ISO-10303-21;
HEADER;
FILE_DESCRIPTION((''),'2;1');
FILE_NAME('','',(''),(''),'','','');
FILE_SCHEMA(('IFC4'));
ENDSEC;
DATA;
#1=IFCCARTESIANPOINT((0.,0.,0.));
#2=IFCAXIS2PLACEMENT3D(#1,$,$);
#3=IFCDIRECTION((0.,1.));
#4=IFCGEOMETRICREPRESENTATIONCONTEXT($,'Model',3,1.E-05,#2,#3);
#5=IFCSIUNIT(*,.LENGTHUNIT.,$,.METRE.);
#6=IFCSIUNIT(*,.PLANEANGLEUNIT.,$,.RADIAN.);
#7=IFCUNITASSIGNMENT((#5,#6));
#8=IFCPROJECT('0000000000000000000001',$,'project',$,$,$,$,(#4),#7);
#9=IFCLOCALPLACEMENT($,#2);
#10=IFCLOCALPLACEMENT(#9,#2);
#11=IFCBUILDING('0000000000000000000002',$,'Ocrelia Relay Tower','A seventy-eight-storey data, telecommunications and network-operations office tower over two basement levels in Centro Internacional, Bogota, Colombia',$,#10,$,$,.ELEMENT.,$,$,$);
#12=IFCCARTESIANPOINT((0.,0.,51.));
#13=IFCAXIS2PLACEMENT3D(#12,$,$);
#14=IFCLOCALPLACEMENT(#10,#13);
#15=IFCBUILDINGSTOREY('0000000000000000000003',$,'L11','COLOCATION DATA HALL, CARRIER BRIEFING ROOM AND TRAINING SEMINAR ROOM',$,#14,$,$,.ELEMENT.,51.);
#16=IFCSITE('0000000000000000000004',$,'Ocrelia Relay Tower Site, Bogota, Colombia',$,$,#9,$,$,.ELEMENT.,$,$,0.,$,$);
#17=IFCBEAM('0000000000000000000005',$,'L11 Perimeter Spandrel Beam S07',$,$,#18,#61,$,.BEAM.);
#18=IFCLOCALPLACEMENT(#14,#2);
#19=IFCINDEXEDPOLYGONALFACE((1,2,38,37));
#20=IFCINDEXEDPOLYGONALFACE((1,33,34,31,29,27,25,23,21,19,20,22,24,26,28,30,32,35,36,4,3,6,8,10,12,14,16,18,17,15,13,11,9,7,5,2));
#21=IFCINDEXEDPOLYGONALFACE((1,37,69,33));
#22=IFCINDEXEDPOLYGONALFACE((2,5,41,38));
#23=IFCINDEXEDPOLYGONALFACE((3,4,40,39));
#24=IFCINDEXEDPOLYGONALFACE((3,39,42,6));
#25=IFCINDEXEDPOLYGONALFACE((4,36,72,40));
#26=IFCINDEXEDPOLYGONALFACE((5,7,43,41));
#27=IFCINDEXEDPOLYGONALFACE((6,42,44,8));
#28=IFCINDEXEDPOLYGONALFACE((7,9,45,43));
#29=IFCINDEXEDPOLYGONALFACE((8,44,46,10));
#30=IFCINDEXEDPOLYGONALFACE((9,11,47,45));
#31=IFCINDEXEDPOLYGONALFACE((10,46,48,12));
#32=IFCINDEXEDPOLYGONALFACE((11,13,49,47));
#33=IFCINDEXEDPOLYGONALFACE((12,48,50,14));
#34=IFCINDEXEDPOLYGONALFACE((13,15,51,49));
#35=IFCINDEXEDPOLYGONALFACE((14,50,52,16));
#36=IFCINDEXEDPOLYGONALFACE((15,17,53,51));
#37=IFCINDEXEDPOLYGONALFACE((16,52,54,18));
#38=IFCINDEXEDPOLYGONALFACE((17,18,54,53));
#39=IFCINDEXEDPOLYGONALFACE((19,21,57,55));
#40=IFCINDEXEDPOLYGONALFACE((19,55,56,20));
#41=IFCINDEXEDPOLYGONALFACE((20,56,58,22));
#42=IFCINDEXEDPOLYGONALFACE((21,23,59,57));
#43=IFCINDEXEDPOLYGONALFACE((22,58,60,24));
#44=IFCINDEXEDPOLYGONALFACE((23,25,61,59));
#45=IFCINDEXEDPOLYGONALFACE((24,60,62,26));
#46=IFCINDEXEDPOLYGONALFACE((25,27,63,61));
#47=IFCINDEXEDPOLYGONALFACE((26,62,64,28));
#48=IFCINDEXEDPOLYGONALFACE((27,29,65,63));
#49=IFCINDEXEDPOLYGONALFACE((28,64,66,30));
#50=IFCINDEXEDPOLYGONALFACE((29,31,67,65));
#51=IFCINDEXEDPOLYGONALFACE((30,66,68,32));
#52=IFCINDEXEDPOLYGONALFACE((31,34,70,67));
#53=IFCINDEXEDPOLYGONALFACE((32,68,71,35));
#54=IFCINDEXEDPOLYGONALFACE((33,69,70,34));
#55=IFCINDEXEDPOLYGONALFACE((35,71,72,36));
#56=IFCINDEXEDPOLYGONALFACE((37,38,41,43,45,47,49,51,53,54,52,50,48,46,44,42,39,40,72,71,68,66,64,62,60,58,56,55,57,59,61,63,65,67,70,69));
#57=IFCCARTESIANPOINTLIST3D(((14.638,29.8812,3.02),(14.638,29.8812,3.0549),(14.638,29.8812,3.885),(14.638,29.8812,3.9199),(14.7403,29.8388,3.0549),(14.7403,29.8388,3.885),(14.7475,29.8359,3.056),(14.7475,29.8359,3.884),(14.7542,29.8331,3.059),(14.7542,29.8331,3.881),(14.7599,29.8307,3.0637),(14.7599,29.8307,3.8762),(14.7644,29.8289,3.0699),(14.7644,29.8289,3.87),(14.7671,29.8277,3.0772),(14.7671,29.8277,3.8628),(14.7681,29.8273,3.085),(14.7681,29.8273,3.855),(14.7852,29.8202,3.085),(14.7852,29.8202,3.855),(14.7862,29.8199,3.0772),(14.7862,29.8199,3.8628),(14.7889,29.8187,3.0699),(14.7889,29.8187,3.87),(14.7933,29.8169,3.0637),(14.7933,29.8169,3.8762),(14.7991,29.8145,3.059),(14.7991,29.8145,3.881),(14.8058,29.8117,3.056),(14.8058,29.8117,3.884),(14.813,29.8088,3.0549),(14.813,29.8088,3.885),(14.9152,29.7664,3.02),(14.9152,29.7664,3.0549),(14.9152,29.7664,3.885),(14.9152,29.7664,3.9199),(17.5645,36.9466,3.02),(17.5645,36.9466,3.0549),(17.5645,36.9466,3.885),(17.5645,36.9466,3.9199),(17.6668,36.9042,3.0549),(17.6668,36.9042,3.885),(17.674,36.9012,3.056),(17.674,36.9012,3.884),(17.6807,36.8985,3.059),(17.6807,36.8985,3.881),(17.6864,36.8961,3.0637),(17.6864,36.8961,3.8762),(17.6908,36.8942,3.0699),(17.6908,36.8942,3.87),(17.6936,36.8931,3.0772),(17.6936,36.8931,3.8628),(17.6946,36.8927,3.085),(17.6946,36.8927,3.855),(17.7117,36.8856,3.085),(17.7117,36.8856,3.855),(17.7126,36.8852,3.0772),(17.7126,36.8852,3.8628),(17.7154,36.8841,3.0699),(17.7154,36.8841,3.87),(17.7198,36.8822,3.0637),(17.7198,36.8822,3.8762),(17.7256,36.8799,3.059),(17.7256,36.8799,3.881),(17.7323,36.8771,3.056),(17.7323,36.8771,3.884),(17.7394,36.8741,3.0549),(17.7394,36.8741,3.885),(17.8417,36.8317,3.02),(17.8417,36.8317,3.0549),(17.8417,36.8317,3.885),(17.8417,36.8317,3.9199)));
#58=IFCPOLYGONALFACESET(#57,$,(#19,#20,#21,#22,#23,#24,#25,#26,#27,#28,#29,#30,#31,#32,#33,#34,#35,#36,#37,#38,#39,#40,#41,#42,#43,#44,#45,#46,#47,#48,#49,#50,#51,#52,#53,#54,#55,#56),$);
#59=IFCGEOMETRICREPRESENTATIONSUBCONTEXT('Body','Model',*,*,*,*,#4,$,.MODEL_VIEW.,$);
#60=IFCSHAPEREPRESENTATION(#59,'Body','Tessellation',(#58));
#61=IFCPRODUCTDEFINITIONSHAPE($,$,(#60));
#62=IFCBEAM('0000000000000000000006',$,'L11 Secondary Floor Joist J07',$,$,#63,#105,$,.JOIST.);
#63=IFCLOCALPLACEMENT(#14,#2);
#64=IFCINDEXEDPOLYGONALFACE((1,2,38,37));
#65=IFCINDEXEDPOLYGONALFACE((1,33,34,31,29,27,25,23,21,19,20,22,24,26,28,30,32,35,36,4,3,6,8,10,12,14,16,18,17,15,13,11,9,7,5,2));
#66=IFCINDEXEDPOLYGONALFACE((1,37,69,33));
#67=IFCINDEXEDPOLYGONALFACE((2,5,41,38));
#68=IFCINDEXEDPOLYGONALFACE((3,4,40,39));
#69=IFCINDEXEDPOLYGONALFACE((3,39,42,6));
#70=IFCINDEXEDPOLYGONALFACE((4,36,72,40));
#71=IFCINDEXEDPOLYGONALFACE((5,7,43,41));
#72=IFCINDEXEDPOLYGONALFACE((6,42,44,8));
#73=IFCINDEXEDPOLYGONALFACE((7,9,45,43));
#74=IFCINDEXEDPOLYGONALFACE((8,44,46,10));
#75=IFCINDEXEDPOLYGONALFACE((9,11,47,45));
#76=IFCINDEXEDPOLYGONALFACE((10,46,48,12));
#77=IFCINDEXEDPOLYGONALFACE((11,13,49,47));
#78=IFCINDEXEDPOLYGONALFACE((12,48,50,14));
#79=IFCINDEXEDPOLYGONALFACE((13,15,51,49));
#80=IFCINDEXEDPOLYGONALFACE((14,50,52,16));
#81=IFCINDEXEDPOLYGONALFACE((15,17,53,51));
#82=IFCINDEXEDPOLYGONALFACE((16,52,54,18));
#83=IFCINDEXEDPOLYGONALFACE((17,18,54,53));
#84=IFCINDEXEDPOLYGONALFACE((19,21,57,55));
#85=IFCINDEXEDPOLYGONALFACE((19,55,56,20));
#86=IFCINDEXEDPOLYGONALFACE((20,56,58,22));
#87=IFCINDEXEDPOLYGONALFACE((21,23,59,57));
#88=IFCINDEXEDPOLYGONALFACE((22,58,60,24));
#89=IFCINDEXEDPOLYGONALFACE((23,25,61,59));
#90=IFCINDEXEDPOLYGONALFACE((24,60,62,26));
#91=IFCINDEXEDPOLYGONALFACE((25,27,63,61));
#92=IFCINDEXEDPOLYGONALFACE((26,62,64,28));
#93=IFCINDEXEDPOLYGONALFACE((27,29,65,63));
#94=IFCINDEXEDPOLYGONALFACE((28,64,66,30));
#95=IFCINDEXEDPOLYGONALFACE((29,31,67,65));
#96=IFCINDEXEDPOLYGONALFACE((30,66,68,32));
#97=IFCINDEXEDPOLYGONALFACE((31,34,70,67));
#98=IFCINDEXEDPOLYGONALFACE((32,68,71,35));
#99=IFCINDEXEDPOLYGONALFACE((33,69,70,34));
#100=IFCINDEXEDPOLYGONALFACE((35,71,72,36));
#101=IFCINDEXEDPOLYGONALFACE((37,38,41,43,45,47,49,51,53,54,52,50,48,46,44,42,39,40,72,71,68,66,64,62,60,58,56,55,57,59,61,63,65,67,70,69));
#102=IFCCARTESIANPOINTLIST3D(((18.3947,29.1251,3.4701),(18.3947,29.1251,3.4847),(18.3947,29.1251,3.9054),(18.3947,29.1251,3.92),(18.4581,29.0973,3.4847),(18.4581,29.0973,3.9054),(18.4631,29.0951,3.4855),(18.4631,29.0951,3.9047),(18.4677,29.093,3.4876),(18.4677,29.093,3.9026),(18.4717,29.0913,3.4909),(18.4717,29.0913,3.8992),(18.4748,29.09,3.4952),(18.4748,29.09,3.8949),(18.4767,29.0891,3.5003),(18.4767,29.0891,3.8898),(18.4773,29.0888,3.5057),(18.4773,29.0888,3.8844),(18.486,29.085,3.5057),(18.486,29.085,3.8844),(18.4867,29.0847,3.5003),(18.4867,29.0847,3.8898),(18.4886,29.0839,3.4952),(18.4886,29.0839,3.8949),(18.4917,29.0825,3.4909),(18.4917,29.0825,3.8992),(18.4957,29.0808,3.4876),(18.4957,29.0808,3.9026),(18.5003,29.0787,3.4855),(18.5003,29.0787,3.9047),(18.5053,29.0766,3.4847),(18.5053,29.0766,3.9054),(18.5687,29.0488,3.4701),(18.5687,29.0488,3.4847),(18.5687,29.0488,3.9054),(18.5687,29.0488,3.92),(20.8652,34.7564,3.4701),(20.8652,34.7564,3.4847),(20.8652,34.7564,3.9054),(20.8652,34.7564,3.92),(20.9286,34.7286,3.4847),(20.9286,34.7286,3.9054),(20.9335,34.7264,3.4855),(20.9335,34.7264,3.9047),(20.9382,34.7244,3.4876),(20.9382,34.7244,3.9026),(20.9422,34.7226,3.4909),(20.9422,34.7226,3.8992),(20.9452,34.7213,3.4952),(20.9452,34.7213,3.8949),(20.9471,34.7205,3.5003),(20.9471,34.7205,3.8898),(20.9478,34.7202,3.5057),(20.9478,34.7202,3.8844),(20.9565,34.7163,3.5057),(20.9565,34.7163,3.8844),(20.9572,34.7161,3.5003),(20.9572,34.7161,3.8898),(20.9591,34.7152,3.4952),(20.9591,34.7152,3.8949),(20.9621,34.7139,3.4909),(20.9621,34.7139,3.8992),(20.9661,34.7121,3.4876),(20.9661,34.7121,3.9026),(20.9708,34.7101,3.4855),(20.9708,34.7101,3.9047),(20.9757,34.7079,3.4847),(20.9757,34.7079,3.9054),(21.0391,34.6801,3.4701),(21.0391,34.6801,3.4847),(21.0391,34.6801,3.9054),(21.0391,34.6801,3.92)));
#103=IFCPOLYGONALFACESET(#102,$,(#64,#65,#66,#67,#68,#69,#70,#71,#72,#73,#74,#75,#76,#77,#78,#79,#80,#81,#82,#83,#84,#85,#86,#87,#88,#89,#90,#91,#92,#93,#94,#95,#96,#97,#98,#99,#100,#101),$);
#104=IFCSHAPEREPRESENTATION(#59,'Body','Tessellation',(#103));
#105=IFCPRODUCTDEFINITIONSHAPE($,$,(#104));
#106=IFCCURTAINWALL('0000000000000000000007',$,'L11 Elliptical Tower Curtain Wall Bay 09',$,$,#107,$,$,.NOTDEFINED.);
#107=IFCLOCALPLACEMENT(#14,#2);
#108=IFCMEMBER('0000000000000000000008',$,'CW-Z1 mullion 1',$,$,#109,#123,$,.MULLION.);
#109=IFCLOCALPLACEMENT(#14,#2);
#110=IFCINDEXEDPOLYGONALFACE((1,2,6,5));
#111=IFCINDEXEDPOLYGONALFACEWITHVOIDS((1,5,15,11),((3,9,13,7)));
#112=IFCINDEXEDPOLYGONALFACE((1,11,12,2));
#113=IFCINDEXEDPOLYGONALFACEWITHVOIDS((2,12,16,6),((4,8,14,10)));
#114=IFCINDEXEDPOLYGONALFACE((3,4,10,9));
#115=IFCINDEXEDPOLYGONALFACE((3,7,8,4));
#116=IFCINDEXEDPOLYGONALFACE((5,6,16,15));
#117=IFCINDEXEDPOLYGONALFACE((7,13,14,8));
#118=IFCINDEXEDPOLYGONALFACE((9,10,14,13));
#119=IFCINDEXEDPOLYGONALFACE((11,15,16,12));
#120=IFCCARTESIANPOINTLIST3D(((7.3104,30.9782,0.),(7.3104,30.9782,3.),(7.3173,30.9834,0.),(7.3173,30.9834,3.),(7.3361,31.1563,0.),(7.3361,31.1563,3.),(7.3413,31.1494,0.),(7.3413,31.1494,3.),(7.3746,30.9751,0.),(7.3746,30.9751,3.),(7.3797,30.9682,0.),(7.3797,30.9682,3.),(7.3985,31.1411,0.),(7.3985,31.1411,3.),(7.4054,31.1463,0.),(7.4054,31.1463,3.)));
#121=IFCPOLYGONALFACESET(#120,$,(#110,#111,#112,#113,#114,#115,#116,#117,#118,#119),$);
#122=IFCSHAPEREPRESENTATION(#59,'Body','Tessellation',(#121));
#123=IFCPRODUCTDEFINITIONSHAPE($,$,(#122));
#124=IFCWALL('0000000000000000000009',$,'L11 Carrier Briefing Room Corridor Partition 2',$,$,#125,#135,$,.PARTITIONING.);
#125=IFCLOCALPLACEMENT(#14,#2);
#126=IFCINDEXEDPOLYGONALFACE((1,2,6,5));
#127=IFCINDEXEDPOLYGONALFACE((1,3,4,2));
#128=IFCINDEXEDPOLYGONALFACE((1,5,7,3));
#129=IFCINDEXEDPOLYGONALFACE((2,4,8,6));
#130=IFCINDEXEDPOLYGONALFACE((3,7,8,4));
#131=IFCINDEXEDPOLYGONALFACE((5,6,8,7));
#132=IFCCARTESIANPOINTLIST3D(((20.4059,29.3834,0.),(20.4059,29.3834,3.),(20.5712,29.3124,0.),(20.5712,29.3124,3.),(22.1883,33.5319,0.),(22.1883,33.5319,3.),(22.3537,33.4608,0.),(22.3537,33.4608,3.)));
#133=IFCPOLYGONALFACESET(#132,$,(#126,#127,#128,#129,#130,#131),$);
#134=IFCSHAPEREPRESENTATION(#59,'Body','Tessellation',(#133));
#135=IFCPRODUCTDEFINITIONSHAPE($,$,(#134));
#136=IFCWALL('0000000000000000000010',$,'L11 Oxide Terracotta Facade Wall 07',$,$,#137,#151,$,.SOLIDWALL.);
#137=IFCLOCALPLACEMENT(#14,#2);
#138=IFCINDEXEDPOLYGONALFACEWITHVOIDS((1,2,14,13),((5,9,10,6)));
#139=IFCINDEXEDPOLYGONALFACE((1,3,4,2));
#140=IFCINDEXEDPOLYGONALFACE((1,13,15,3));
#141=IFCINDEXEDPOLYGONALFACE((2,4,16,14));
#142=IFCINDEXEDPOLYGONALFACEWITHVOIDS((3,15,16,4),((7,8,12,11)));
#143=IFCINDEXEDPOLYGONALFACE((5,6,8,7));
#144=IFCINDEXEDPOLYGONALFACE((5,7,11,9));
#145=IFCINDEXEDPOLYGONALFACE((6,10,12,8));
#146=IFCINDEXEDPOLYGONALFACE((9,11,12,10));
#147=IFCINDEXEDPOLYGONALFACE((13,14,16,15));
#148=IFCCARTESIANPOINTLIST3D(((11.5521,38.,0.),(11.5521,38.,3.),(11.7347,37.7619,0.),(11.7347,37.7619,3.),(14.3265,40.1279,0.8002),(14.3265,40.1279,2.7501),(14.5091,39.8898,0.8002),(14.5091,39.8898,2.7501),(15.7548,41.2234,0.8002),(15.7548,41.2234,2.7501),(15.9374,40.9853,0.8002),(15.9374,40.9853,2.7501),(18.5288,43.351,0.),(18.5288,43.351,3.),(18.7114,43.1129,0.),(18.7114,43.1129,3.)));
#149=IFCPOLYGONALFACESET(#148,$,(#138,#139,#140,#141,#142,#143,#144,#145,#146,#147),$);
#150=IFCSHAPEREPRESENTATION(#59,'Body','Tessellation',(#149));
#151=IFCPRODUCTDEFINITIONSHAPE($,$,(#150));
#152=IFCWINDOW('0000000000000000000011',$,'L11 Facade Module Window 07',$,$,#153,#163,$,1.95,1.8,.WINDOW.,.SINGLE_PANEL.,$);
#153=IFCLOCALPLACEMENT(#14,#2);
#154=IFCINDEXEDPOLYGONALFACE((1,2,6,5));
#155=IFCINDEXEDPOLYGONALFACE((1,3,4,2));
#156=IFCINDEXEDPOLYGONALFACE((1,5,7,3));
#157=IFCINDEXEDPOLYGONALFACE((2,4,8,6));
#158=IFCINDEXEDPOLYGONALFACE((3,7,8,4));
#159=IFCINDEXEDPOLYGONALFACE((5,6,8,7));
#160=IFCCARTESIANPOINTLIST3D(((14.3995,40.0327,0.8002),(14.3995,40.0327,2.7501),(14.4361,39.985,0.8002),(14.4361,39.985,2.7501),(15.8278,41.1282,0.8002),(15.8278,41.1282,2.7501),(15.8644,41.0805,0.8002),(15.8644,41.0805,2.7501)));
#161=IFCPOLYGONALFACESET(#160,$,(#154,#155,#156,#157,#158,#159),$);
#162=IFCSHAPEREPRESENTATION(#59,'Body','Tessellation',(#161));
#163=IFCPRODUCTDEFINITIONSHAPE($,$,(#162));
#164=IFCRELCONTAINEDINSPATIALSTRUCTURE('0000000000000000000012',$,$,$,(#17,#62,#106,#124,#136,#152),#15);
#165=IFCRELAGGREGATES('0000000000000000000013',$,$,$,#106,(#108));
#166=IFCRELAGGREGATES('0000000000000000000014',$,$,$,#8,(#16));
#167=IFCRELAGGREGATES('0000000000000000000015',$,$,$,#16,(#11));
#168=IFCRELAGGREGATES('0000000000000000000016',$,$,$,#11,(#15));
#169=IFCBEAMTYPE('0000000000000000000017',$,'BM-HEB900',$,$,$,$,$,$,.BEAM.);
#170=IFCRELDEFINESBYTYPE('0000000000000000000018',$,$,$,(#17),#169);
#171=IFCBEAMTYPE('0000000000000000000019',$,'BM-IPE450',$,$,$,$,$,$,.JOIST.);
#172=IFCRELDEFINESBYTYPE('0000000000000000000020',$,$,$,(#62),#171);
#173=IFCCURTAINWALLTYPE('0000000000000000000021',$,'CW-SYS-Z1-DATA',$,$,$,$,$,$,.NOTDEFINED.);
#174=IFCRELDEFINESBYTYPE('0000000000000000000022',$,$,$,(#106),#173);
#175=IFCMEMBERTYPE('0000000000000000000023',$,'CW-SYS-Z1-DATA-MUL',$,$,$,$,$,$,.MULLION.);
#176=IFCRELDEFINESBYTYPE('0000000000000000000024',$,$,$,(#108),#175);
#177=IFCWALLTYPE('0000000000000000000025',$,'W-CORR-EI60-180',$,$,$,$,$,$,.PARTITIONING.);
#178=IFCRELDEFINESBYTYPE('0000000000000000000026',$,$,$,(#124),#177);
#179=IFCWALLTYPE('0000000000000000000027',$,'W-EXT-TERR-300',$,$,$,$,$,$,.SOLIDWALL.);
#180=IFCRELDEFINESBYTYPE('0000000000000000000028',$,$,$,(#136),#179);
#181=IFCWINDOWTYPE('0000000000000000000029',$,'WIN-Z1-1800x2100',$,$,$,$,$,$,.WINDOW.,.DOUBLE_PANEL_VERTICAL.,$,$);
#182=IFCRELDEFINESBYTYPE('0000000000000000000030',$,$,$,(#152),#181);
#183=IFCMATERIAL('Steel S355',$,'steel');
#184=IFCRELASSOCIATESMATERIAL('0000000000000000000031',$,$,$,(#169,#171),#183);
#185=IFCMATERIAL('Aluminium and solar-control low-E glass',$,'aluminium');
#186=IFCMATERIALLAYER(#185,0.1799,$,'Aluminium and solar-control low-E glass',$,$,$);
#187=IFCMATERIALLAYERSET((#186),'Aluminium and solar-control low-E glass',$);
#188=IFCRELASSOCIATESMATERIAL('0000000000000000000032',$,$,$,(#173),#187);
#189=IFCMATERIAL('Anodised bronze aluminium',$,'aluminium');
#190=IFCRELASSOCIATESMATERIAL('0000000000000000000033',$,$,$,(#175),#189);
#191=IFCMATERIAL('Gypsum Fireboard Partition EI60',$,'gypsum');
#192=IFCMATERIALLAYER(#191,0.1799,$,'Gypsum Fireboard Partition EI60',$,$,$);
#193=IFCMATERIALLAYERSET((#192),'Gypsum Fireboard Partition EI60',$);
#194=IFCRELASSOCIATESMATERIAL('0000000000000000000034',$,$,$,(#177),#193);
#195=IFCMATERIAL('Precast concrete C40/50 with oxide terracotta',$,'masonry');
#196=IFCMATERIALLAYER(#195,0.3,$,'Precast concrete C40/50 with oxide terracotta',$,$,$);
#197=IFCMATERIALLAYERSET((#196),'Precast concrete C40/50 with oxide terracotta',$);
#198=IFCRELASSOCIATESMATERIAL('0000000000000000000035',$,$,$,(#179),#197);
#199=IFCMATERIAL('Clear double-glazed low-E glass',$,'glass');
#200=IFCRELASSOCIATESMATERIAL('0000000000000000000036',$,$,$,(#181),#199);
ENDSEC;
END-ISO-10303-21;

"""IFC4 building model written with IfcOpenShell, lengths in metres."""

from ifc_helpers import new_model, si_unit, direction, frame, frame_2d, origin, origin_2d, place, context, subcontext, project, spatial, rectangle, hollow_rectangle, i_section, extrude, material, layer, layer_set, material_profile, profile_set, type_object, element, fill, aggregate, save


model = new_model("IFC4")

# Units and contexts
model_context = context("Model", 3, precision=1e-05, world=origin(), true_north=direction((0.0, 1.0)))
body_context = subcontext(model_context, "Body", "Model", "MODEL_VIEW")
ifc_project = project(units=[si_unit("LENGTHUNIT", "METRE"), si_unit("PLANEANGLEUNIT", "RADIAN")], contexts=[model_context])

# Site, building, storey
site_placement = place(None, origin())
site = spatial("IfcSite", under=ifc_project, at=site_placement, Name="Ocrelia Relay Tower Site, Bogota, Colombia", CompositionType="ELEMENT", RefElevation=0.0)
building_placement = place(site_placement, origin())
building = spatial("IfcBuilding", under=site, at=building_placement, Name="Ocrelia Relay Tower", Description="A seventy-eight-storey data, telecommunications and network-operations office tower over two basement levels in Centro Internacional, Bogota, Colombia", CompositionType="ELEMENT")
storey_placement = place(building_placement, frame((0.0, 0.0, 51.0)))
storey = spatial("IfcBuildingStorey", under=building, at=storey_placement, Name="L11", Description="COLOCATION DATA HALL, CARRIER BRIEFING ROOM AND TRAINING SEMINAR ROOM", CompositionType="ELEMENT", Elevation=51.0)

# Beams
ifc_material_1 = material(Name="Steel S355", Category="steel")
ifc_material_profile_1 = material_profile(ifc_material_1, i_section(OverallWidth=0.3, OverallDepth=0.8999, WebThickness=0.0186, FlangeThickness=0.0349, FilletRadius=0.03, at=origin_2d()), Name="HEB 900")
ifc_profile_set_1 = profile_set([ifc_material_profile_1], Name="Steel S355")
beam_type_1 = type_object("IfcBeamType", Name="BM-HEB900", PredefinedType="BEAM", material=ifc_profile_set_1)
beam_1_placement = place(storey_placement, frame((17.7031, 36.8892, 3.47), z_axis=(-0.382674, -0.923883, 0.0), x_axis=(0.923883, -0.382674, 0.0)))
element("IfcBeam", 1, at=beam_1_placement, inside=storey, type_object=beam_type_1, Name="L11 Perimeter Spandrel Beam S07", PredefinedType="BEAM", context=body_context, shape_type="SweptSolid", body=[
    extrude(i_section(OverallWidth=0.3, OverallDepth=0.8999, WebThickness=0.0186, FlangeThickness=0.0349, FilletRadius=0.03, at=origin_2d()), origin(), (0.0, 0.0, 1.0), 7.6475),
])
ifc_material_profile_2 = material_profile(ifc_material_1, i_section(OverallWidth=0.1899, OverallDepth=0.45, WebThickness=0.0095, FlangeThickness=0.0146, FilletRadius=0.021, at=origin_2d()), Name="IPE 450")
ifc_profile_set_2 = profile_set([ifc_material_profile_2], Name="Steel S355")
beam_type_2 = type_object("IfcBeamType", Name="BM-IPE450", PredefinedType="JOIST", material=ifc_profile_set_2)
beam_2_placement = place(storey_placement, frame((20.9521, 34.7183, 3.6951), z_axis=(-0.401739, -0.915754, 0.0), x_axis=(0.915754, -0.401739, 0.0)))
element("IfcBeam", 2, at=beam_2_placement, inside=storey, type_object=beam_type_2, Name="L11 Secondary Floor Joist J07", PredefinedType="JOIST", context=body_context, shape_type="SweptSolid", body=[
    extrude(i_section(OverallWidth=0.1899, OverallDepth=0.45, WebThickness=0.0095, FlangeThickness=0.0146, FilletRadius=0.021, at=origin_2d()), origin(), (0.0, 0.0, 1.0), 6.1494),
])

# Curtain wall, member
ifc_material_2 = material(Name="Aluminium and solar-control low-E glass", Category="aluminium")
ifc_layer_1 = layer(ifc_material_2, 0.1799, Name="Aluminium and solar-control low-E glass")
ifc_layer_set_1 = layer_set([ifc_layer_1], Name="Aluminium and solar-control low-E glass")
curtain_wall_type = type_object("IfcCurtainWallType", Name="CW-SYS-Z1-DATA", PredefinedType="NOTDEFINED", material=ifc_layer_set_1)
curtain_wall_placement = place(storey_placement, origin())
curtain_wall = element("IfcCurtainWall", 3, at=curtain_wall_placement, inside=storey, type_object=curtain_wall_type, Name="L11 Elliptical Tower Curtain Wall Bay 09", PredefinedType="NOTDEFINED")
ifc_material_3 = material(Name="Anodised bronze aluminium", Category="aluminium")
ifc_material_profile_3 = material_profile(ifc_material_3, hollow_rectangle(XDim=0.0701, YDim=0.1799, WallThickness=0.0061, at=origin_2d()), Name="CW-MUL-180x70")
ifc_profile_set_3 = profile_set([ifc_material_profile_3], Name="Anodised bronze aluminium")
member_type = type_object("IfcMemberType", Name="CW-SYS-Z1-DATA-MUL", PredefinedType="MULLION", material=ifc_profile_set_3)
member_placement = place(storey_placement, frame((7.3579, 31.0623, 0.0), z_axis=(0.0, 0.0, 1.0), x_axis=(0.989752, -0.1428, 0.0)))
member = element("IfcMember", 4, at=member_placement, type_object=member_type, Name="CW-Z1 mullion 1", PredefinedType="MULLION", context=body_context, shape_type="SweptSolid", body=[
    extrude(hollow_rectangle(XDim=0.0701, YDim=0.1799, WallThickness=0.0061, at=origin_2d()), origin(), (0.0, 0.0, 1.0), 3.0),
])
aggregate(curtain_wall, [member])

# Wall
ifc_material_4 = material(Name="Gypsum Fireboard Partition EI60", Category="gypsum")
ifc_layer_2 = layer(ifc_material_4, 0.1799, Name="Gypsum Fireboard Partition EI60")
ifc_layer_set_2 = layer_set([ifc_layer_2], Name="Gypsum Fireboard Partition EI60")
wall_type_1 = type_object("IfcWallType", Name="W-CORR-EI60-180", PredefinedType="PARTITIONING", material=ifc_layer_set_2)
wall_1_placement = place(storey_placement, frame((22.271, 33.4963, 0.0), z_axis=(0.0, 0.0, 1.0), x_axis=(-0.394774, -0.918778, 0.0)))
element("IfcWall", 5, at=wall_1_placement, inside=storey, type_object=wall_type_1, Name="L11 Carrier Briefing Room Corridor Partition 2", PredefinedType="PARTITIONING", context=body_context, shape_type="SweptSolid", body=[
    extrude(rectangle(XDim=4.5151, YDim=0.1799, at=frame_2d((2.2576, 0.0))), origin(), (0.0, 0.0, 1.0), 3.0),
])

# Wall, opening, window
ifc_material_5 = material(Name="Precast concrete C40/50 with oxide terracotta", Category="masonry")
ifc_layer_3 = layer(ifc_material_5, 0.3, Name="Precast concrete C40/50 with oxide terracotta")
ifc_layer_set_3 = layer_set([ifc_layer_3], Name="Precast concrete C40/50 with oxide terracotta")
wall_type_2 = type_object("IfcWallType", Name="W-EXT-TERR-300", PredefinedType="SOLIDWALL", material=ifc_layer_set_3)
wall_2_placement = place(storey_placement, frame((18.6201, 43.2319, 0.0), z_axis=(0.0, 0.0, 1.0), x_axis=(-0.793486, -0.608588, 0.0)))
wall_2 = element("IfcWall", 6, at=wall_2_placement, inside=storey, type_object=wall_type_2, Name="L11 Oxide Terracotta Facade Wall 07", PredefinedType="SOLIDWALL", context=body_context, shape_type="SweptSolid", body=[
    extrude(rectangle(XDim=8.7925, YDim=0.3, at=frame_2d((4.3962, 0.0))), origin(), (0.0, 0.0, 1.0), 3.0),
])
opening_1_placement = place(wall_2_placement, frame((3.4961, 0.0, 0.8)))
opening_1 = element("IfcOpeningElement", 7, at=opening_1_placement, cuts=wall_2, PredefinedType="OPENING", context=body_context, shape_type="SweptSolid", body=[
    extrude(rectangle(XDim=1.8, YDim=1.95, at=frame_2d((0.8999, 0.9751))), frame((0.0, 0.1602, 0.0), z_axis=(0.0, -1.0, 0.0), x_axis=(1.0, 0.0, 0.0)), (0.0, 0.0, 1.0), 0.3201),
])
ifc_material_6 = material(Name="Clear double-glazed low-E glass", Category="glass")
window_type = type_object("IfcWindowType", Name="WIN-Z1-1800x2100", PartitioningType="DOUBLE_PANEL_VERTICAL", PredefinedType="WINDOW", material=ifc_material_6)
window_1_placement = place(opening_1_placement, origin())
window_1 = element("IfcWindow", 8, at=window_1_placement, inside=storey, type_object=window_type, Name="L11 Facade Module Window 07", OverallHeight=1.95, OverallWidth=1.8, PartitioningType="SINGLE_PANEL", PredefinedType="WINDOW", context=body_context, shape_type="SweptSolid", body=[
    extrude(rectangle(XDim=1.8, YDim=1.95, at=frame_2d((0.8999, 0.9751))), frame((0.0, 0.03, 0.0), z_axis=(0.0, -1.0, 0.0), x_axis=(1.0, 0.0, 0.0)), (0.0, 0.0, 1.0), 0.0601),
])
fill(opening_1, window_1)

save(model, "model.ifc")
